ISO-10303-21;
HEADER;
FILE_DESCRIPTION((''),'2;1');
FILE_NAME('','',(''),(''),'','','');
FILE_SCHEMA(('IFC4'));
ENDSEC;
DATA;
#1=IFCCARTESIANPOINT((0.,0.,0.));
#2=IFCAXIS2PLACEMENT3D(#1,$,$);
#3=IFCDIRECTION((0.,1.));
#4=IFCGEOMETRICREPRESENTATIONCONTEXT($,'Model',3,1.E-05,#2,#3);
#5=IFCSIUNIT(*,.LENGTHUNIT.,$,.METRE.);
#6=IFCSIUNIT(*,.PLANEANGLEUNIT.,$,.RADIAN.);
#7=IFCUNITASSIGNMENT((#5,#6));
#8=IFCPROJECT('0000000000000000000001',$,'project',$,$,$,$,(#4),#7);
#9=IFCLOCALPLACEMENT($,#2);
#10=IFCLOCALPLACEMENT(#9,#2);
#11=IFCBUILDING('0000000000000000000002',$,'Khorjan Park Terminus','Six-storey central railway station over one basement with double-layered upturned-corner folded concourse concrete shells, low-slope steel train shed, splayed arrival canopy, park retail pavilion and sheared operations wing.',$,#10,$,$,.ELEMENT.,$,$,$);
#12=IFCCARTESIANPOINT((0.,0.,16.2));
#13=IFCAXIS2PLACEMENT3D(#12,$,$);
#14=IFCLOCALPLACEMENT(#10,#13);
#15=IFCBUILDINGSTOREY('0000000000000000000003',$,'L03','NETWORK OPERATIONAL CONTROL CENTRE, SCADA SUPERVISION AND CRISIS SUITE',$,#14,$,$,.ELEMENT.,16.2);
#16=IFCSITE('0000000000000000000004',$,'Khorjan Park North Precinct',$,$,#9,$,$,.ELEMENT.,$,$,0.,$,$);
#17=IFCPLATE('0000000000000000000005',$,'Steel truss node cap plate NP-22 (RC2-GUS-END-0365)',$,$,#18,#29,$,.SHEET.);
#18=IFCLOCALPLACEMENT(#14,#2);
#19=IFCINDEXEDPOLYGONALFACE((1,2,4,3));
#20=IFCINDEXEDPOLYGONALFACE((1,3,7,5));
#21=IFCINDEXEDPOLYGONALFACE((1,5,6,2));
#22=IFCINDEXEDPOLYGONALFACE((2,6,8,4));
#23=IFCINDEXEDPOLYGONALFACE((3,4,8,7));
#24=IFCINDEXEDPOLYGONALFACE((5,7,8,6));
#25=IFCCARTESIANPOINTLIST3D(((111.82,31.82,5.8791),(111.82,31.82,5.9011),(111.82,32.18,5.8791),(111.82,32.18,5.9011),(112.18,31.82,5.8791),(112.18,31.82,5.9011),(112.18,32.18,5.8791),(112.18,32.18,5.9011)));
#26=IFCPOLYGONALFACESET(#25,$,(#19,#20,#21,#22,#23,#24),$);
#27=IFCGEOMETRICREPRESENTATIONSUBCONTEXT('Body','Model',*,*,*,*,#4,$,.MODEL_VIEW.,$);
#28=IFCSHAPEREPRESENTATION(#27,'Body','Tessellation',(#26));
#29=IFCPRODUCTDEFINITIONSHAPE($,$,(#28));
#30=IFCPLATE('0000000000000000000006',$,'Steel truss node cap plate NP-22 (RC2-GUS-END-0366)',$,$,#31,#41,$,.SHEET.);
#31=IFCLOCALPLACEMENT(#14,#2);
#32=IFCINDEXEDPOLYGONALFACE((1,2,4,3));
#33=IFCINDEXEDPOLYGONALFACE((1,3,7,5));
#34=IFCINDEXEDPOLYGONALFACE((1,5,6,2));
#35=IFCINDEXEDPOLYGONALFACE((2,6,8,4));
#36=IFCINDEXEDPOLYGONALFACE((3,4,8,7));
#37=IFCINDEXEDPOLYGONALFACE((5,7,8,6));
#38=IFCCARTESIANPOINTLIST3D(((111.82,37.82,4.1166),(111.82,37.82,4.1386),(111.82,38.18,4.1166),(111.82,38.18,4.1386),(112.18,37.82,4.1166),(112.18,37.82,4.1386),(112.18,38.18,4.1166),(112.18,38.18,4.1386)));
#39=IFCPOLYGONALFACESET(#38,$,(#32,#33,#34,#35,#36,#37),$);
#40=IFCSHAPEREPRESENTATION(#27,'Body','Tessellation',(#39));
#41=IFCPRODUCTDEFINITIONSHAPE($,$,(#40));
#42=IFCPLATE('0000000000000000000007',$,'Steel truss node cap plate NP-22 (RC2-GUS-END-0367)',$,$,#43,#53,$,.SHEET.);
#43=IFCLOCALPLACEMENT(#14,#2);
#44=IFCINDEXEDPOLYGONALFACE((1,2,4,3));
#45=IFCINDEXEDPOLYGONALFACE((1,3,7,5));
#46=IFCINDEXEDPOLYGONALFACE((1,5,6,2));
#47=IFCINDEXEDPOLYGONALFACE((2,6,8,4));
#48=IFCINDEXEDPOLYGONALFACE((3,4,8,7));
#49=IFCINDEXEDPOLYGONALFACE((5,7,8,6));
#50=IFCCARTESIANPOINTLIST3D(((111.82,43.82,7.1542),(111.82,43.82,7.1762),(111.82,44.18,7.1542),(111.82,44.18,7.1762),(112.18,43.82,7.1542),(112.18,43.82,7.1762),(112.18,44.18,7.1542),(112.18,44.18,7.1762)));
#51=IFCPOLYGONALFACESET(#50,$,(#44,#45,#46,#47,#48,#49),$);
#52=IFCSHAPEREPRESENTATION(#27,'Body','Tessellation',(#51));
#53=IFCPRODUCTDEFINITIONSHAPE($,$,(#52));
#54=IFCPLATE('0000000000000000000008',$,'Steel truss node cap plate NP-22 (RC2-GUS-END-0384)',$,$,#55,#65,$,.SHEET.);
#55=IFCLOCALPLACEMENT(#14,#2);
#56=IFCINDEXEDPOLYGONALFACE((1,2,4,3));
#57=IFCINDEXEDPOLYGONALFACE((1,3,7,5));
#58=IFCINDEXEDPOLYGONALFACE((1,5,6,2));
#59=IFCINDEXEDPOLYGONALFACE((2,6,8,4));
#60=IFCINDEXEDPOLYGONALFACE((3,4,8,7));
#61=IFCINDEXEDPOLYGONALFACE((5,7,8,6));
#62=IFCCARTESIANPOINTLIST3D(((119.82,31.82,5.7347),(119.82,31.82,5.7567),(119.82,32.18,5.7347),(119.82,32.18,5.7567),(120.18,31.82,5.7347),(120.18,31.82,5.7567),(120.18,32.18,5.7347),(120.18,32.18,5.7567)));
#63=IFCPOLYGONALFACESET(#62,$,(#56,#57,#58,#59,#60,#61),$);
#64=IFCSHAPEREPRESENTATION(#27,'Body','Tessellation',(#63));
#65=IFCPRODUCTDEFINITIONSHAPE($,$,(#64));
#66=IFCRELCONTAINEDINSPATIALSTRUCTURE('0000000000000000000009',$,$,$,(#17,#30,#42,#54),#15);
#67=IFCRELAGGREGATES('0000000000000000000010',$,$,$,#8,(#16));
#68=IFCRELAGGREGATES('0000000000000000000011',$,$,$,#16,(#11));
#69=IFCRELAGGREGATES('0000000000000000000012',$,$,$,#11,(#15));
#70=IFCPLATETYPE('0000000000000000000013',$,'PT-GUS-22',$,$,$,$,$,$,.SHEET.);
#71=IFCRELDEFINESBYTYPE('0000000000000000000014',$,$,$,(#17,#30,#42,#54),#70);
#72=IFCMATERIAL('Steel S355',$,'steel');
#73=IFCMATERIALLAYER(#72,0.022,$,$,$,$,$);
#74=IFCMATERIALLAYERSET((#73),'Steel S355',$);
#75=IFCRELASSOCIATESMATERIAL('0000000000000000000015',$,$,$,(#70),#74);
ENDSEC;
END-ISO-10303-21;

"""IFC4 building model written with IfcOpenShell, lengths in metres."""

from ifc_helpers import new_model, si_unit, direction, frame, origin, origin_2d, place, context, subcontext, project, spatial, rectangle, extrude, material, layer, layer_set, type_object, element, save


model = new_model("IFC4")

# Units and contexts
model_context = context("Model", 3, precision=1e-05, world=origin(), true_north=direction((0.0, 1.0)))
body_context = subcontext(model_context, "Body", "Model", "MODEL_VIEW")
ifc_project = project(units=[si_unit("LENGTHUNIT", "METRE"), si_unit("PLANEANGLEUNIT", "RADIAN")], contexts=[model_context])

# Site, building, storey
site_placement = place(None, origin())
site = spatial("IfcSite", under=ifc_project, at=site_placement, Name="Khorjan Park North Precinct", CompositionType="ELEMENT", RefElevation=0.0)
building_placement = place(site_placement, origin())
building = spatial("IfcBuilding", under=site, at=building_placement, Name="Khorjan Park Terminus", Description="Six-storey central railway station over one basement with double-layered upturned-corner folded concourse concrete shells, low-slope steel train shed, splayed arrival canopy, park retail pavilion and sheared operations wing.", CompositionType="ELEMENT")
storey_placement = place(building_placement, frame((0.0, 0.0, 16.2)))
storey = spatial("IfcBuildingStorey", under=building, at=storey_placement, Name="L03", Description="NETWORK OPERATIONAL CONTROL CENTRE, SCADA SUPERVISION AND CRISIS SUITE", CompositionType="ELEMENT", Elevation=16.2)

# Shared definitions
ifc_material = material(Name="Steel S355", Category="steel")

# Plates
ifc_layer = layer(ifc_material, 0.022)
ifc_layer_set = layer_set([ifc_layer], Name="Steel S355")
plate_type = type_object("IfcPlateType", Name="PT-GUS-22", PredefinedType="SHEET", material=ifc_layer_set)
for number, where, z_axis, x_axis, name in (
    (1, (112.0, 32.0, 5.8791), (0.0, 0.0, 1.0), (1.0, 0.0, 0.0), "Steel truss node cap plate NP-22 (RC2-GUS-END-0365)"),
    (2, (112.0, 38.0, 4.1166), (0.0, 0.0, 1.0), (1.0, 0.0, 0.0), "Steel truss node cap plate NP-22 (RC2-GUS-END-0366)"),
    (3, (112.0, 44.0, 7.1542), (0.0, 0.0, 1.0), (1.0, 0.0, 0.0), "Steel truss node cap plate NP-22 (RC2-GUS-END-0367)"),
    (4, (120.0, 32.0, 5.7347), (0.0, 0.0, 1.0), (1.0, 0.0, 0.0), "Steel truss node cap plate NP-22 (RC2-GUS-END-0384)"),
):
    element("IfcPlate", number, at=place(storey_placement, frame(where, z_axis=z_axis, x_axis=x_axis)), inside=storey, type_object=plate_type, Name=name, PredefinedType="SHEET", context=body_context, shape_type="SweptSolid", body=[
        extrude(rectangle(XDim=0.36, YDim=0.36, at=origin_2d()), origin(), (0.0, 0.0, 1.0), 0.022),
    ])

save(model, "model.ifc")
